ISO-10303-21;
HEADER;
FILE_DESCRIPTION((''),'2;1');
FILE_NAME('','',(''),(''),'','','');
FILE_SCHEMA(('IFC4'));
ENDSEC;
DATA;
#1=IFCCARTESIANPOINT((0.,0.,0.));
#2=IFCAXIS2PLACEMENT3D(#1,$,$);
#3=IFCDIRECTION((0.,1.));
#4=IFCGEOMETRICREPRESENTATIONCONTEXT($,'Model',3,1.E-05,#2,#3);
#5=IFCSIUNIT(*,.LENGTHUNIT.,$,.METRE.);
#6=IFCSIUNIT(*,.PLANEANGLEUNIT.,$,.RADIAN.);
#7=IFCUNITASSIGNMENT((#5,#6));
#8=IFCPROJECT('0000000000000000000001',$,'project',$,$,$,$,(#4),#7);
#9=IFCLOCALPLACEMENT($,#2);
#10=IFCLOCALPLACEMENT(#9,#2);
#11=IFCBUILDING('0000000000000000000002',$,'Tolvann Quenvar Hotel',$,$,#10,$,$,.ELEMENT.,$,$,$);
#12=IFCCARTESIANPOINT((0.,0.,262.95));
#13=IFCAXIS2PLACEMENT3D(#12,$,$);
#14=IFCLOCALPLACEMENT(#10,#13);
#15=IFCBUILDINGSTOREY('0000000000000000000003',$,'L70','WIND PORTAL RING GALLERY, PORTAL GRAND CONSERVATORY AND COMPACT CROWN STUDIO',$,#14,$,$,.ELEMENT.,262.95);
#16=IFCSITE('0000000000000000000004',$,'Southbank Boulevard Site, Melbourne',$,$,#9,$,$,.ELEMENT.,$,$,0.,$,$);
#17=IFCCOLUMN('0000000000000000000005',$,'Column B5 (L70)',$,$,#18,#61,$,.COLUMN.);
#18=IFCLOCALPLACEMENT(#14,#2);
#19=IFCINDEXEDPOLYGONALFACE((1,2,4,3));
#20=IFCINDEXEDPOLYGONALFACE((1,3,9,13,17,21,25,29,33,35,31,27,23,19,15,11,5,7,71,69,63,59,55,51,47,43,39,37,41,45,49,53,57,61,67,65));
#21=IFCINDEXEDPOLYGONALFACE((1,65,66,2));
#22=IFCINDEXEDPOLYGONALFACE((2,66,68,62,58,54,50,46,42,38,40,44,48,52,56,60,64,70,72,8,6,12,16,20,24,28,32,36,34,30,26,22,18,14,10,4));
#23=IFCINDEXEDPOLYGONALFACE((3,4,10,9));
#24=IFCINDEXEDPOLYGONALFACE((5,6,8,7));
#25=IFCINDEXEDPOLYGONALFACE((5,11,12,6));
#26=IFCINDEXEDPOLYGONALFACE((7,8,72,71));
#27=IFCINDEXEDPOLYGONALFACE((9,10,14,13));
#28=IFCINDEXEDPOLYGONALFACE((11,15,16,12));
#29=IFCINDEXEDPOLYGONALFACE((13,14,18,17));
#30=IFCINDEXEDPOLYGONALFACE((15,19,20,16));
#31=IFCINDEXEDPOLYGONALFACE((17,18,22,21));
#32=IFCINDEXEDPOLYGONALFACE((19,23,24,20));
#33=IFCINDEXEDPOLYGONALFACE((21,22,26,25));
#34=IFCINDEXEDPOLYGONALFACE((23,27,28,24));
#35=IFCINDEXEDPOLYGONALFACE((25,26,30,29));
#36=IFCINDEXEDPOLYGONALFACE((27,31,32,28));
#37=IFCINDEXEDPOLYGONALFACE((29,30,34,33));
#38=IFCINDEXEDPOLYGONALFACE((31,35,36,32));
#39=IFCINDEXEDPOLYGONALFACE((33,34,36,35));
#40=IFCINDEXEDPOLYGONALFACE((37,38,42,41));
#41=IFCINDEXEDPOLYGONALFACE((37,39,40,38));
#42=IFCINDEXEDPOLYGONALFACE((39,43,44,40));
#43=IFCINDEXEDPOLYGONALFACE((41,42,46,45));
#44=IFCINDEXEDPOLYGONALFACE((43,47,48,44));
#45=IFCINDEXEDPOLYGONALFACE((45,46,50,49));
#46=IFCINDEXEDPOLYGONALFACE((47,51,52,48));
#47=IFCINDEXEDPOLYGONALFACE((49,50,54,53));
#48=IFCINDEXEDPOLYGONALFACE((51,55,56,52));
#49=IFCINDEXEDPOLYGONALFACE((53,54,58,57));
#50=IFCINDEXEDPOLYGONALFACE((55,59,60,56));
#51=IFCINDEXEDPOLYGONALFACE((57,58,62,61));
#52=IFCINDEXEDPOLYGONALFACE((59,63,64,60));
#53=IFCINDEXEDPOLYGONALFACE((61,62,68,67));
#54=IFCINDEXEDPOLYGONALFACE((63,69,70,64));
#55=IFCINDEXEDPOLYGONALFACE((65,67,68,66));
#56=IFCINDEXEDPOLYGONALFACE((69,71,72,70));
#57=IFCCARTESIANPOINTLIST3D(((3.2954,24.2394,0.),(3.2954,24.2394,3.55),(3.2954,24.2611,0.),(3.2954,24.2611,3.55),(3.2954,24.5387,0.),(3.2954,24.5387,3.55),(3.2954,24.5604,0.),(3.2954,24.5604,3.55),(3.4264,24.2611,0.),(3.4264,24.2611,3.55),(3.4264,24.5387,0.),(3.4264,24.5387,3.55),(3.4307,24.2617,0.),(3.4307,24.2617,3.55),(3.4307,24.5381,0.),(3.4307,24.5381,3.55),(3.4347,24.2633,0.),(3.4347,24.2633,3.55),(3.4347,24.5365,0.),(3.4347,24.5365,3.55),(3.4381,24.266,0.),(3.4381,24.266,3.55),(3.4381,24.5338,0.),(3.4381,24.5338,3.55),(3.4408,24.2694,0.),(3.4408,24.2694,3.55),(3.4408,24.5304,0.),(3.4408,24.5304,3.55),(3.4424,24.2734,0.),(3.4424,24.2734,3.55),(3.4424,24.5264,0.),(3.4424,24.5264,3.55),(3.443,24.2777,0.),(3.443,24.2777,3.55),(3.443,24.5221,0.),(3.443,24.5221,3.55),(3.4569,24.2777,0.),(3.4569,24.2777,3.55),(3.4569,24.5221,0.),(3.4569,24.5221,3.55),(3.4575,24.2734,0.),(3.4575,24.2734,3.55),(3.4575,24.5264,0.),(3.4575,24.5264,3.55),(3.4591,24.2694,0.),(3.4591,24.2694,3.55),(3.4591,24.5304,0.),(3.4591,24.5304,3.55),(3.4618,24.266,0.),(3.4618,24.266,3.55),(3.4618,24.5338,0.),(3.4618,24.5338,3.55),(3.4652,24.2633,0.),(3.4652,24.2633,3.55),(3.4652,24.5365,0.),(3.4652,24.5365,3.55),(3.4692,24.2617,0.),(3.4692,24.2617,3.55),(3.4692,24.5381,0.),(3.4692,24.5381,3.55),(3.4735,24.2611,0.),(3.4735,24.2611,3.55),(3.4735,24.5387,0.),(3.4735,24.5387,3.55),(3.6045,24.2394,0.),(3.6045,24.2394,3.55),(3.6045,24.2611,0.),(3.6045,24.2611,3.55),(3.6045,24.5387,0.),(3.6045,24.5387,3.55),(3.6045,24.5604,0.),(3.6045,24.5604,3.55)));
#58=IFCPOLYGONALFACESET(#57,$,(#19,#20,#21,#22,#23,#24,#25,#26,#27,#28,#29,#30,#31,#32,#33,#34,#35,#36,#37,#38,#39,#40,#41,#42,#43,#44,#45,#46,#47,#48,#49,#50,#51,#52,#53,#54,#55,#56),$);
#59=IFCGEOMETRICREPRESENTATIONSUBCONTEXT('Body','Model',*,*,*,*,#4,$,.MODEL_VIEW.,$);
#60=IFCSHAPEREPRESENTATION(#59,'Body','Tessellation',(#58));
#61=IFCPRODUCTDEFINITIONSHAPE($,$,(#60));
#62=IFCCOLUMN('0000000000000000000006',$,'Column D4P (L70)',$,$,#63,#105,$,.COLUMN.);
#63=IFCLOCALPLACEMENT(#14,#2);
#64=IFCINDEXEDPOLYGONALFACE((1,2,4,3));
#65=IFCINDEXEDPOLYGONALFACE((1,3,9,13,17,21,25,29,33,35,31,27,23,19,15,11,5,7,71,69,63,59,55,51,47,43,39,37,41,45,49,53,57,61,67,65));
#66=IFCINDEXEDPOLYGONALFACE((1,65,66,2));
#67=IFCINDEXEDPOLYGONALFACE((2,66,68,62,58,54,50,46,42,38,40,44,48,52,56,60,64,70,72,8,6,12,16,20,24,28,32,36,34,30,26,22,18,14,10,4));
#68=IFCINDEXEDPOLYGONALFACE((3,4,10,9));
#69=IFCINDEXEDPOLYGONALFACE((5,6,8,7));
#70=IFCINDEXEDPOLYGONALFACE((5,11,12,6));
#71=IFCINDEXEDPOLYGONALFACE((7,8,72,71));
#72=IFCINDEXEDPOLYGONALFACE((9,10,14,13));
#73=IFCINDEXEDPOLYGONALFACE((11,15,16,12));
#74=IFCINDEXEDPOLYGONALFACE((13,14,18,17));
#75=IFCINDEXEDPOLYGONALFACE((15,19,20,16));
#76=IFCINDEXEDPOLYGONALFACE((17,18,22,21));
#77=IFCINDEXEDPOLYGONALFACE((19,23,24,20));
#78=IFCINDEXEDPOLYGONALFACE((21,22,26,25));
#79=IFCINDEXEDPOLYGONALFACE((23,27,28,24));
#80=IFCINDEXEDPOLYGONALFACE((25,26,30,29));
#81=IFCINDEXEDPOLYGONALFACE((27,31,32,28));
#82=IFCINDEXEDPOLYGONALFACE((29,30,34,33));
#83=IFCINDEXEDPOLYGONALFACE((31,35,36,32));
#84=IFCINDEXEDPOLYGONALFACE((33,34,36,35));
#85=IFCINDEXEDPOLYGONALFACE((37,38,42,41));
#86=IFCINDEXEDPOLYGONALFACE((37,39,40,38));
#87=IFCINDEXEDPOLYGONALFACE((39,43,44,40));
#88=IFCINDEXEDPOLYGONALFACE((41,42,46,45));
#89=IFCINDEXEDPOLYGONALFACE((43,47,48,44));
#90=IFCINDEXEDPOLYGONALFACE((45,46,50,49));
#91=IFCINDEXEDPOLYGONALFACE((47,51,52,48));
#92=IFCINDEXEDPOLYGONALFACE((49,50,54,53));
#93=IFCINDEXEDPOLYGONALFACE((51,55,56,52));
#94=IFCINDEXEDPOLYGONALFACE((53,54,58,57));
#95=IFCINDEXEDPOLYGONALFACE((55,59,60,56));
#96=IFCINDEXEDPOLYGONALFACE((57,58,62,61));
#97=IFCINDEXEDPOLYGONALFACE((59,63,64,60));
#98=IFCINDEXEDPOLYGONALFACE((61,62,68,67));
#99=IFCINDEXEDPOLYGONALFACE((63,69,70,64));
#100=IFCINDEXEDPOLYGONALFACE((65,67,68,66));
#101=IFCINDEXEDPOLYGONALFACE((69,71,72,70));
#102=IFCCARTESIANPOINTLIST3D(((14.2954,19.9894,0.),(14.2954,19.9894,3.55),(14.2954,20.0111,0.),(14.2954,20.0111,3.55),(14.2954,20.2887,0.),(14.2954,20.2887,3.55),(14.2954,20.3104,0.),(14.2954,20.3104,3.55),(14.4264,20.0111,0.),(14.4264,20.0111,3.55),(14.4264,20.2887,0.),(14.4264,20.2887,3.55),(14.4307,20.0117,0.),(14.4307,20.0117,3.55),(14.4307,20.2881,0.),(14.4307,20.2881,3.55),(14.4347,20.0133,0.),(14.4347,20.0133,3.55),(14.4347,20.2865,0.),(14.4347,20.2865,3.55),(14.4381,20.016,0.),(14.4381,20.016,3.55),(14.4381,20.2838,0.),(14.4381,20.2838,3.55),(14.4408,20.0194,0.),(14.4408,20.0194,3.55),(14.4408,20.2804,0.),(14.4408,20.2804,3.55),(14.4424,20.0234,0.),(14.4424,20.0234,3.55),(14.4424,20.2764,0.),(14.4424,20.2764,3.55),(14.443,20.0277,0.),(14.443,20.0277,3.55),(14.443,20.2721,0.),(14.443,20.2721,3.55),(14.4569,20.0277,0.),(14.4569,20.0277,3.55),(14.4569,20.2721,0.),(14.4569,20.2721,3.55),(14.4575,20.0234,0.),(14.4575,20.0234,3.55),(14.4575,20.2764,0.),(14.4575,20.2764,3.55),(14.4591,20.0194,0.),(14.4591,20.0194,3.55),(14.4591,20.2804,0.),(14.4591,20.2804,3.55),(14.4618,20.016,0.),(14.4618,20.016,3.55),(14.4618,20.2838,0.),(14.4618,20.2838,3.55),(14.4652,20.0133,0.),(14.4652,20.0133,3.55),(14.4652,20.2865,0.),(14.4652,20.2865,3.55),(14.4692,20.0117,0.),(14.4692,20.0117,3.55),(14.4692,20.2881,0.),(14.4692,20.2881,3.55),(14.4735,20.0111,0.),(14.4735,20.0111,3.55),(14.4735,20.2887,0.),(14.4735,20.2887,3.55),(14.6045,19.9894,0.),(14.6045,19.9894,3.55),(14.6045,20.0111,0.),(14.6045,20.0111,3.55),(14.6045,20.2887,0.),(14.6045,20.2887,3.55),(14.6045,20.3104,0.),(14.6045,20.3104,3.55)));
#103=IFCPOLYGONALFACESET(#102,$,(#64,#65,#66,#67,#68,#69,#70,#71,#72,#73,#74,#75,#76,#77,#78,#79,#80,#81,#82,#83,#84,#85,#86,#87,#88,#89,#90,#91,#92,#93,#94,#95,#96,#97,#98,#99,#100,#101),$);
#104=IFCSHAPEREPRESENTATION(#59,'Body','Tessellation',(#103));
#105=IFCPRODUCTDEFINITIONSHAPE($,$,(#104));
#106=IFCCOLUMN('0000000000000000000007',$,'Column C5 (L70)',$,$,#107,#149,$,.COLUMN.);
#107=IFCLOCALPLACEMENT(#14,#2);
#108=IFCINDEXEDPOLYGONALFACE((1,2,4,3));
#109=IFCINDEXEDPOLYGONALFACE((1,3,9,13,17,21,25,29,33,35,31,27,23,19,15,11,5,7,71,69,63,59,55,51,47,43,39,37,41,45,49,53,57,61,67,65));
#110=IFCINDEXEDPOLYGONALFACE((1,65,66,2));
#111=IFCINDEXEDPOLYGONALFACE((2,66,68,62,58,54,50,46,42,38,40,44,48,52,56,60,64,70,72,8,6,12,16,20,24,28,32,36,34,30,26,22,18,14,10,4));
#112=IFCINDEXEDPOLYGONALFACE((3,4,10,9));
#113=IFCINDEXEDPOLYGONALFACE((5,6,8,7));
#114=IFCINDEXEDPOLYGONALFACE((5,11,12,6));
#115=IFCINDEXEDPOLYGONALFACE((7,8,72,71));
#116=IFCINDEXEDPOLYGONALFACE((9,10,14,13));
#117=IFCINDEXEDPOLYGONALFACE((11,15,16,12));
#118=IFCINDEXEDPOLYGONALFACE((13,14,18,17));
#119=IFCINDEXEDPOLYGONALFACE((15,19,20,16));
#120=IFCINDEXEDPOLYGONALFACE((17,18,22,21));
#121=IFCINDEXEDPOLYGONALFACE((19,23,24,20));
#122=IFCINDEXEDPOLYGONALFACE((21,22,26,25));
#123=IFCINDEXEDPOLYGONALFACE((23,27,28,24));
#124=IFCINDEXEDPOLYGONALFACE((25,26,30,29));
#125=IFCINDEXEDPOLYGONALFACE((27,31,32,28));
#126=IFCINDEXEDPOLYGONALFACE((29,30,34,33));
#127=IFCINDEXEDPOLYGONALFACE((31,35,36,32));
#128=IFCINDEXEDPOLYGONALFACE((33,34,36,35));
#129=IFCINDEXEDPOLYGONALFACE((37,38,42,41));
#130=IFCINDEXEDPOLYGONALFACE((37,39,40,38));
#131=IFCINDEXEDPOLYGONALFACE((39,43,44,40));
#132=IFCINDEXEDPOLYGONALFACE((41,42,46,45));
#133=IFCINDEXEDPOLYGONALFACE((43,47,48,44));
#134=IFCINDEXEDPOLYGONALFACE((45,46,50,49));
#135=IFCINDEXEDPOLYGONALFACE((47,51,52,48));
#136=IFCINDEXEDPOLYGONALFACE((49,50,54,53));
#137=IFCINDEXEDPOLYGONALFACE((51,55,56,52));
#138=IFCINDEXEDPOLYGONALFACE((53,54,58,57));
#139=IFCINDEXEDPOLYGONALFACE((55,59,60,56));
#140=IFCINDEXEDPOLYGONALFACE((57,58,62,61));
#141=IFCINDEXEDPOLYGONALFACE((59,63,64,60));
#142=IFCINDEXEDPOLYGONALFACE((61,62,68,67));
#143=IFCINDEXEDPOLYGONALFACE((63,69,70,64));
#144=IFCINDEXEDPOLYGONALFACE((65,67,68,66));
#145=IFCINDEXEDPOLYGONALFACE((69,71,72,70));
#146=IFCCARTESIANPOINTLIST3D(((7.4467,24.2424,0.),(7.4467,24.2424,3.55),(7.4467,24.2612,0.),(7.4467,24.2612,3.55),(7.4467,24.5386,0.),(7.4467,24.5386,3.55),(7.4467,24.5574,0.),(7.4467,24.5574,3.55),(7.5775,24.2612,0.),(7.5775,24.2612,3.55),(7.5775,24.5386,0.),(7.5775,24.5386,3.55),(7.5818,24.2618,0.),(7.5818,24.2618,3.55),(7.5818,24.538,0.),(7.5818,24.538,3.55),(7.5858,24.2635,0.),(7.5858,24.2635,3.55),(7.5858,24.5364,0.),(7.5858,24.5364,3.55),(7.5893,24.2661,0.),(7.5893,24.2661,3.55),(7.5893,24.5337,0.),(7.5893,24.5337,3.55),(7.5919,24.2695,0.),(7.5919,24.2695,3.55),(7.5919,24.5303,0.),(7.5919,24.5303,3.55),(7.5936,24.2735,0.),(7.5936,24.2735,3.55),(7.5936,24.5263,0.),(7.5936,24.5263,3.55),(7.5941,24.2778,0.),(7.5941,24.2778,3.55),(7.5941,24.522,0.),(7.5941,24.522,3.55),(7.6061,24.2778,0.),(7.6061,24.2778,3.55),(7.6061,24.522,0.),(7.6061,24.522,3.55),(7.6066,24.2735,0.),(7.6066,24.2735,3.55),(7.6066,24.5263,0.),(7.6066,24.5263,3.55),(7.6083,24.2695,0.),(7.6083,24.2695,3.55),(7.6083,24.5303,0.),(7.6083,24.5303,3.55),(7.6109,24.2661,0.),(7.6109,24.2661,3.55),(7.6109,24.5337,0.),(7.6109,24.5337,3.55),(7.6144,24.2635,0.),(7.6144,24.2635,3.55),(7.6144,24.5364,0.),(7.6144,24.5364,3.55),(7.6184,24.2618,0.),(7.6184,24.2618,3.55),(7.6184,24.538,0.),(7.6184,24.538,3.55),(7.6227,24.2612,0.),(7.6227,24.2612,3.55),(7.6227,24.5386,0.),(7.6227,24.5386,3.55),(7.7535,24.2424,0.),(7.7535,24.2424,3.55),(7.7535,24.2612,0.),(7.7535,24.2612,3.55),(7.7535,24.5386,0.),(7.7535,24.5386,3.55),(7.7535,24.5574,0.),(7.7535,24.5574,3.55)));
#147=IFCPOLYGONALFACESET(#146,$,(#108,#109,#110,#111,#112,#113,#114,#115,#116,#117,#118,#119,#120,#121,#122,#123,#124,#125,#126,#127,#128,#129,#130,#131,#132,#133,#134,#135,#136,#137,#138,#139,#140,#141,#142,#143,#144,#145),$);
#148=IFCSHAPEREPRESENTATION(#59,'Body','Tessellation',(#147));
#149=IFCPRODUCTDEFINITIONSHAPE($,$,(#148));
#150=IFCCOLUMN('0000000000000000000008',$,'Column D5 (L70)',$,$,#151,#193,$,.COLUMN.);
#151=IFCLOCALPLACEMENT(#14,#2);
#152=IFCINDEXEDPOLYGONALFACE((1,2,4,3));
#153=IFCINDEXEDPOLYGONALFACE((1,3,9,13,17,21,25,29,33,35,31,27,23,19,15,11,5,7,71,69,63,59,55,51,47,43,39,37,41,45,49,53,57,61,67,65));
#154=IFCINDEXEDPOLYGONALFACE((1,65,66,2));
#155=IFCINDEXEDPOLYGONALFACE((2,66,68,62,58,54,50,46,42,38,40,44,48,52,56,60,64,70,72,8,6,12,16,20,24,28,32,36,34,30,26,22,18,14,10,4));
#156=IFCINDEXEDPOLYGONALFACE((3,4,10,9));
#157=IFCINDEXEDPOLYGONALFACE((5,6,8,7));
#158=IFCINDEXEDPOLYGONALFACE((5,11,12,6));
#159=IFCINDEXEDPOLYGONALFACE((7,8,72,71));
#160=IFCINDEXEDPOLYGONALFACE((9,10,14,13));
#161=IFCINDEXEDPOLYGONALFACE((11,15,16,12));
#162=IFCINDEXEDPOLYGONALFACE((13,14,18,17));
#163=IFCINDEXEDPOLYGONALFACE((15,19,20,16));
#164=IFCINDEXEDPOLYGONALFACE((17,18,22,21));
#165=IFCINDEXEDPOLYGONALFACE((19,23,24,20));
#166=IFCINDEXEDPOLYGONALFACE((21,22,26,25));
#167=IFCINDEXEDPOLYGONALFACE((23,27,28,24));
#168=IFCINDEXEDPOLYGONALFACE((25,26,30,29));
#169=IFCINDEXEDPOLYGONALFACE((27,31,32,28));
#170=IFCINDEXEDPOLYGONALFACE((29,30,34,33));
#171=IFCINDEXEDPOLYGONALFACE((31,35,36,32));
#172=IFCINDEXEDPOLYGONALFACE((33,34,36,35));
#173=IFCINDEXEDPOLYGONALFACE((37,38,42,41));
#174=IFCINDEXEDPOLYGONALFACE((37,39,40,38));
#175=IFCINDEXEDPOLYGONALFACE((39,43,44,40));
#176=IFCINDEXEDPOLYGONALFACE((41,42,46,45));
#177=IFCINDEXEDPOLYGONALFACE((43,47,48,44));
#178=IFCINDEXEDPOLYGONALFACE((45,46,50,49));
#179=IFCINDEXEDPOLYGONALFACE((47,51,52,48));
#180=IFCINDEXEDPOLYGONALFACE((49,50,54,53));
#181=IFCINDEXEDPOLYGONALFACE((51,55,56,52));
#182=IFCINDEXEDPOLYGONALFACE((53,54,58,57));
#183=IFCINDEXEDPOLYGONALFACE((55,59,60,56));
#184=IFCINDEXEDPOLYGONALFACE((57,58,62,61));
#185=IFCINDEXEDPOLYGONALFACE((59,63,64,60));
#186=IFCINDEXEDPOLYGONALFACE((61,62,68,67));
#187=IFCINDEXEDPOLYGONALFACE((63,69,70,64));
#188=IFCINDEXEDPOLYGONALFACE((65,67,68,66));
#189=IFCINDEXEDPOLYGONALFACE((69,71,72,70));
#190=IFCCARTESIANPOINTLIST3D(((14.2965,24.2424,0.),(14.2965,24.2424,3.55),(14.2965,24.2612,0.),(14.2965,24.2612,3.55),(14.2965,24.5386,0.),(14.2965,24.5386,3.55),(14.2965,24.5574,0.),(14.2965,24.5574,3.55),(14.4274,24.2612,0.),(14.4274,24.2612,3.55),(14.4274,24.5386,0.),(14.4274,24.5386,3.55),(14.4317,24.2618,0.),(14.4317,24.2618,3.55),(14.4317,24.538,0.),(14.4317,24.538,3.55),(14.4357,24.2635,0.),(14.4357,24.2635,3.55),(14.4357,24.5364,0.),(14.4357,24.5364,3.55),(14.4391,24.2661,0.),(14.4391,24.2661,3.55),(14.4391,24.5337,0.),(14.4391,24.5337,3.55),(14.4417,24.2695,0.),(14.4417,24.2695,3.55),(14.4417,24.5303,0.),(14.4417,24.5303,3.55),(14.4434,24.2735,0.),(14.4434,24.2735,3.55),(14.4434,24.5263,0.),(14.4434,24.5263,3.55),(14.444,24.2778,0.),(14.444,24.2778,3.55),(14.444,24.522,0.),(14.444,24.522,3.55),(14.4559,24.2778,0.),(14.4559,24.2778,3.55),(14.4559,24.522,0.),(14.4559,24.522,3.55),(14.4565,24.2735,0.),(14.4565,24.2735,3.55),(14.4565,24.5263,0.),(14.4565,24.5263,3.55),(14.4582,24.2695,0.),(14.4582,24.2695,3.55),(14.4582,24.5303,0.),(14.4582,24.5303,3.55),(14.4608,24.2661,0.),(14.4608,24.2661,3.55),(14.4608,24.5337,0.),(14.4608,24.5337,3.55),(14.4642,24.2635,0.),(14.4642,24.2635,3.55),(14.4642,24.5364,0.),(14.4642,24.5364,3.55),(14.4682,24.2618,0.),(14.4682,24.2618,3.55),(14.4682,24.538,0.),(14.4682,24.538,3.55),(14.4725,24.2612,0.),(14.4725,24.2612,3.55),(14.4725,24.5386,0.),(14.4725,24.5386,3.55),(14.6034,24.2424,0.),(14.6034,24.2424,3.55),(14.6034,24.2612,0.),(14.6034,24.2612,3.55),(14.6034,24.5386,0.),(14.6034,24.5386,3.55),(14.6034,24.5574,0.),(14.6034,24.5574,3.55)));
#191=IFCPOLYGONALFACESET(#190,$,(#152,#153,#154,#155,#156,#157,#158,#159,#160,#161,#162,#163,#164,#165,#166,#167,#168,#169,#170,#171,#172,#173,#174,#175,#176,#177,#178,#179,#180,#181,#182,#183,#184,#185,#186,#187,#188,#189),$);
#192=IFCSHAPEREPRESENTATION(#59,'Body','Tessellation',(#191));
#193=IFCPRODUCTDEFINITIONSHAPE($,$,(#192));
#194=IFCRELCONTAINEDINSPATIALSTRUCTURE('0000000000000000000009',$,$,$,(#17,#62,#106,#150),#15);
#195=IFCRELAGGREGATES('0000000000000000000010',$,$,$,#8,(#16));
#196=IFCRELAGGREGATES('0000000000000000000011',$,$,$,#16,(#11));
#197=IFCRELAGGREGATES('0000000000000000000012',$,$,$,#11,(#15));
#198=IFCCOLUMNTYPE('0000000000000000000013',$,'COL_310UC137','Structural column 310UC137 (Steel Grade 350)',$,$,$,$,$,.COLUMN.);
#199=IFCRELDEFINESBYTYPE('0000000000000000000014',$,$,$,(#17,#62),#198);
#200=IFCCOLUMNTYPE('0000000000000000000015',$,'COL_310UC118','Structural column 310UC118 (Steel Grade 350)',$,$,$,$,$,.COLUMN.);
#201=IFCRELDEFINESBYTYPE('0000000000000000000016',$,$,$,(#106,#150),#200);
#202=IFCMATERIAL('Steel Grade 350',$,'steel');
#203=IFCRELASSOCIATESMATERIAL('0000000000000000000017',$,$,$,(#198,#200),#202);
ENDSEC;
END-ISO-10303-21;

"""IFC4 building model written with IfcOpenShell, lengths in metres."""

from ifc_helpers import new_model, si_unit, direction, frame, origin, origin_2d, place, context, subcontext, project, spatial, i_section, extrude, source, transform, mapped, material, material_profile, profile_set, type_object, type_shapes, element, save


model = new_model("IFC4")

# Units and contexts
model_context = context("Model", 3, precision=1e-05, world=origin(), true_north=direction((0.0, 1.0)))
body_context = subcontext(model_context, "Body", "Model", "MODEL_VIEW")
ifc_project = project(units=[si_unit("LENGTHUNIT", "METRE"), si_unit("PLANEANGLEUNIT", "RADIAN")], contexts=[model_context])

# Site, building, storey
site_placement = place(None, origin())
site = spatial("IfcSite", under=ifc_project, at=site_placement, Name="Southbank Boulevard Site, Melbourne", CompositionType="ELEMENT", RefElevation=0.0)
building_placement = place(site_placement, origin())
building = spatial("IfcBuilding", under=site, at=building_placement, Name="Tolvann Quenvar Hotel", CompositionType="ELEMENT")
storey_placement = place(building_placement, frame((0.0, 0.0, 262.95)))
storey = spatial("IfcBuildingStorey", under=building, at=storey_placement, Name="L70", Description="WIND PORTAL RING GALLERY, PORTAL GRAND CONSERVATORY AND COMPACT CROWN STUDIO", CompositionType="ELEMENT", Elevation=262.95)

# Columns
ifc_material_1 = material(Name="Steel Grade 350", Category="steel")
ifc_material_profile_1 = material_profile(ifc_material_1, i_section(OverallWidth=0.3091, OverallDepth=0.321, WebThickness=0.0139, FlangeThickness=0.0217, FilletRadius=0.0166, at=origin_2d()), Name="310UC137")
ifc_profile_set_1 = profile_set([ifc_material_profile_1], Name="Steel Grade 350")
column_type_1 = type_object("IfcColumnType", Name="COL_310UC137", Description="Structural column 310UC137 (Steel Grade 350)", PredefinedType="COLUMN", material=ifc_profile_set_1)
shared_shape_1 = source(origin(), body_context, "Body", "SweptSolid", [
    extrude(i_section(OverallWidth=0.3091, OverallDepth=0.321, WebThickness=0.0139, FlangeThickness=0.0217, FilletRadius=0.0166, at=origin_2d()), origin(), (0.0, 0.0, 1.0), 3.55),
])
type_shapes(column_type_1, [shared_shape_1])
for number, where, z_axis, x_axis, name in (
    (1, (3.45, 24.3999, 0.0), (0.0, 0.0, 1.0), (1.0, 0.0, 0.0), "Column B5 (L70)"),
    (2, (14.45, 20.1499, 0.0), (0.0, 0.0, 1.0), (1.0, 0.0, 0.0), "Column D4P (L70)"),
):
    element("IfcColumn", number, at=place(storey_placement, frame(where, z_axis=z_axis, x_axis=x_axis)), inside=storey, type_object=column_type_1, Name=name, PredefinedType="COLUMN", context=body_context, shape_type="MappedRepresentation", body=[
        mapped(shared_shape_1, transform((0.0, 0.0, 0.0), x_axis=(1.0, 0.0, 0.0), y_axis=(0.0, 1.0, 0.0), z_axis=(0.0, 0.0, 1.0), scale=1.0)),
    ])
ifc_material_profile_2 = material_profile(ifc_material_1, i_section(OverallWidth=0.3069, OverallDepth=0.3149, WebThickness=0.012, FlangeThickness=0.0188, FilletRadius=0.0166, at=origin_2d()), Name="310UC118")
ifc_profile_set_2 = profile_set([ifc_material_profile_2], Name="Steel Grade 350")
column_type_2 = type_object("IfcColumnType", Name="COL_310UC118", Description="Structural column 310UC118 (Steel Grade 350)", PredefinedType="COLUMN", material=ifc_profile_set_2)
shared_shape_2 = source(origin(), body_context, "Body", "SweptSolid", [
    extrude(i_section(OverallWidth=0.3069, OverallDepth=0.3149, WebThickness=0.012, FlangeThickness=0.0188, FilletRadius=0.0166, at=origin_2d()), origin(), (0.0, 0.0, 1.0), 3.55),
])
type_shapes(column_type_2, [shared_shape_2])
for number, where, z_axis, x_axis, name in (
    (3, (7.6001, 24.3999, 0.0), (0.0, 0.0, 1.0), (1.0, 0.0, 0.0), "Column C5 (L70)"),
    (4, (14.45, 24.3999, 0.0), (0.0, 0.0, 1.0), (1.0, 0.0, 0.0), "Column D5 (L70)"),
):
    element("IfcColumn", number, at=place(storey_placement, frame(where, z_axis=z_axis, x_axis=x_axis)), inside=storey, type_object=column_type_2, Name=name, PredefinedType="COLUMN", context=body_context, shape_type="MappedRepresentation", body=[
        mapped(shared_shape_2, transform((0.0, 0.0, 0.0), x_axis=(1.0, 0.0, 0.0), y_axis=(0.0, 1.0, 0.0), z_axis=(0.0, 0.0, 1.0), scale=1.0)),
    ])

save(model, "model.ifc")
